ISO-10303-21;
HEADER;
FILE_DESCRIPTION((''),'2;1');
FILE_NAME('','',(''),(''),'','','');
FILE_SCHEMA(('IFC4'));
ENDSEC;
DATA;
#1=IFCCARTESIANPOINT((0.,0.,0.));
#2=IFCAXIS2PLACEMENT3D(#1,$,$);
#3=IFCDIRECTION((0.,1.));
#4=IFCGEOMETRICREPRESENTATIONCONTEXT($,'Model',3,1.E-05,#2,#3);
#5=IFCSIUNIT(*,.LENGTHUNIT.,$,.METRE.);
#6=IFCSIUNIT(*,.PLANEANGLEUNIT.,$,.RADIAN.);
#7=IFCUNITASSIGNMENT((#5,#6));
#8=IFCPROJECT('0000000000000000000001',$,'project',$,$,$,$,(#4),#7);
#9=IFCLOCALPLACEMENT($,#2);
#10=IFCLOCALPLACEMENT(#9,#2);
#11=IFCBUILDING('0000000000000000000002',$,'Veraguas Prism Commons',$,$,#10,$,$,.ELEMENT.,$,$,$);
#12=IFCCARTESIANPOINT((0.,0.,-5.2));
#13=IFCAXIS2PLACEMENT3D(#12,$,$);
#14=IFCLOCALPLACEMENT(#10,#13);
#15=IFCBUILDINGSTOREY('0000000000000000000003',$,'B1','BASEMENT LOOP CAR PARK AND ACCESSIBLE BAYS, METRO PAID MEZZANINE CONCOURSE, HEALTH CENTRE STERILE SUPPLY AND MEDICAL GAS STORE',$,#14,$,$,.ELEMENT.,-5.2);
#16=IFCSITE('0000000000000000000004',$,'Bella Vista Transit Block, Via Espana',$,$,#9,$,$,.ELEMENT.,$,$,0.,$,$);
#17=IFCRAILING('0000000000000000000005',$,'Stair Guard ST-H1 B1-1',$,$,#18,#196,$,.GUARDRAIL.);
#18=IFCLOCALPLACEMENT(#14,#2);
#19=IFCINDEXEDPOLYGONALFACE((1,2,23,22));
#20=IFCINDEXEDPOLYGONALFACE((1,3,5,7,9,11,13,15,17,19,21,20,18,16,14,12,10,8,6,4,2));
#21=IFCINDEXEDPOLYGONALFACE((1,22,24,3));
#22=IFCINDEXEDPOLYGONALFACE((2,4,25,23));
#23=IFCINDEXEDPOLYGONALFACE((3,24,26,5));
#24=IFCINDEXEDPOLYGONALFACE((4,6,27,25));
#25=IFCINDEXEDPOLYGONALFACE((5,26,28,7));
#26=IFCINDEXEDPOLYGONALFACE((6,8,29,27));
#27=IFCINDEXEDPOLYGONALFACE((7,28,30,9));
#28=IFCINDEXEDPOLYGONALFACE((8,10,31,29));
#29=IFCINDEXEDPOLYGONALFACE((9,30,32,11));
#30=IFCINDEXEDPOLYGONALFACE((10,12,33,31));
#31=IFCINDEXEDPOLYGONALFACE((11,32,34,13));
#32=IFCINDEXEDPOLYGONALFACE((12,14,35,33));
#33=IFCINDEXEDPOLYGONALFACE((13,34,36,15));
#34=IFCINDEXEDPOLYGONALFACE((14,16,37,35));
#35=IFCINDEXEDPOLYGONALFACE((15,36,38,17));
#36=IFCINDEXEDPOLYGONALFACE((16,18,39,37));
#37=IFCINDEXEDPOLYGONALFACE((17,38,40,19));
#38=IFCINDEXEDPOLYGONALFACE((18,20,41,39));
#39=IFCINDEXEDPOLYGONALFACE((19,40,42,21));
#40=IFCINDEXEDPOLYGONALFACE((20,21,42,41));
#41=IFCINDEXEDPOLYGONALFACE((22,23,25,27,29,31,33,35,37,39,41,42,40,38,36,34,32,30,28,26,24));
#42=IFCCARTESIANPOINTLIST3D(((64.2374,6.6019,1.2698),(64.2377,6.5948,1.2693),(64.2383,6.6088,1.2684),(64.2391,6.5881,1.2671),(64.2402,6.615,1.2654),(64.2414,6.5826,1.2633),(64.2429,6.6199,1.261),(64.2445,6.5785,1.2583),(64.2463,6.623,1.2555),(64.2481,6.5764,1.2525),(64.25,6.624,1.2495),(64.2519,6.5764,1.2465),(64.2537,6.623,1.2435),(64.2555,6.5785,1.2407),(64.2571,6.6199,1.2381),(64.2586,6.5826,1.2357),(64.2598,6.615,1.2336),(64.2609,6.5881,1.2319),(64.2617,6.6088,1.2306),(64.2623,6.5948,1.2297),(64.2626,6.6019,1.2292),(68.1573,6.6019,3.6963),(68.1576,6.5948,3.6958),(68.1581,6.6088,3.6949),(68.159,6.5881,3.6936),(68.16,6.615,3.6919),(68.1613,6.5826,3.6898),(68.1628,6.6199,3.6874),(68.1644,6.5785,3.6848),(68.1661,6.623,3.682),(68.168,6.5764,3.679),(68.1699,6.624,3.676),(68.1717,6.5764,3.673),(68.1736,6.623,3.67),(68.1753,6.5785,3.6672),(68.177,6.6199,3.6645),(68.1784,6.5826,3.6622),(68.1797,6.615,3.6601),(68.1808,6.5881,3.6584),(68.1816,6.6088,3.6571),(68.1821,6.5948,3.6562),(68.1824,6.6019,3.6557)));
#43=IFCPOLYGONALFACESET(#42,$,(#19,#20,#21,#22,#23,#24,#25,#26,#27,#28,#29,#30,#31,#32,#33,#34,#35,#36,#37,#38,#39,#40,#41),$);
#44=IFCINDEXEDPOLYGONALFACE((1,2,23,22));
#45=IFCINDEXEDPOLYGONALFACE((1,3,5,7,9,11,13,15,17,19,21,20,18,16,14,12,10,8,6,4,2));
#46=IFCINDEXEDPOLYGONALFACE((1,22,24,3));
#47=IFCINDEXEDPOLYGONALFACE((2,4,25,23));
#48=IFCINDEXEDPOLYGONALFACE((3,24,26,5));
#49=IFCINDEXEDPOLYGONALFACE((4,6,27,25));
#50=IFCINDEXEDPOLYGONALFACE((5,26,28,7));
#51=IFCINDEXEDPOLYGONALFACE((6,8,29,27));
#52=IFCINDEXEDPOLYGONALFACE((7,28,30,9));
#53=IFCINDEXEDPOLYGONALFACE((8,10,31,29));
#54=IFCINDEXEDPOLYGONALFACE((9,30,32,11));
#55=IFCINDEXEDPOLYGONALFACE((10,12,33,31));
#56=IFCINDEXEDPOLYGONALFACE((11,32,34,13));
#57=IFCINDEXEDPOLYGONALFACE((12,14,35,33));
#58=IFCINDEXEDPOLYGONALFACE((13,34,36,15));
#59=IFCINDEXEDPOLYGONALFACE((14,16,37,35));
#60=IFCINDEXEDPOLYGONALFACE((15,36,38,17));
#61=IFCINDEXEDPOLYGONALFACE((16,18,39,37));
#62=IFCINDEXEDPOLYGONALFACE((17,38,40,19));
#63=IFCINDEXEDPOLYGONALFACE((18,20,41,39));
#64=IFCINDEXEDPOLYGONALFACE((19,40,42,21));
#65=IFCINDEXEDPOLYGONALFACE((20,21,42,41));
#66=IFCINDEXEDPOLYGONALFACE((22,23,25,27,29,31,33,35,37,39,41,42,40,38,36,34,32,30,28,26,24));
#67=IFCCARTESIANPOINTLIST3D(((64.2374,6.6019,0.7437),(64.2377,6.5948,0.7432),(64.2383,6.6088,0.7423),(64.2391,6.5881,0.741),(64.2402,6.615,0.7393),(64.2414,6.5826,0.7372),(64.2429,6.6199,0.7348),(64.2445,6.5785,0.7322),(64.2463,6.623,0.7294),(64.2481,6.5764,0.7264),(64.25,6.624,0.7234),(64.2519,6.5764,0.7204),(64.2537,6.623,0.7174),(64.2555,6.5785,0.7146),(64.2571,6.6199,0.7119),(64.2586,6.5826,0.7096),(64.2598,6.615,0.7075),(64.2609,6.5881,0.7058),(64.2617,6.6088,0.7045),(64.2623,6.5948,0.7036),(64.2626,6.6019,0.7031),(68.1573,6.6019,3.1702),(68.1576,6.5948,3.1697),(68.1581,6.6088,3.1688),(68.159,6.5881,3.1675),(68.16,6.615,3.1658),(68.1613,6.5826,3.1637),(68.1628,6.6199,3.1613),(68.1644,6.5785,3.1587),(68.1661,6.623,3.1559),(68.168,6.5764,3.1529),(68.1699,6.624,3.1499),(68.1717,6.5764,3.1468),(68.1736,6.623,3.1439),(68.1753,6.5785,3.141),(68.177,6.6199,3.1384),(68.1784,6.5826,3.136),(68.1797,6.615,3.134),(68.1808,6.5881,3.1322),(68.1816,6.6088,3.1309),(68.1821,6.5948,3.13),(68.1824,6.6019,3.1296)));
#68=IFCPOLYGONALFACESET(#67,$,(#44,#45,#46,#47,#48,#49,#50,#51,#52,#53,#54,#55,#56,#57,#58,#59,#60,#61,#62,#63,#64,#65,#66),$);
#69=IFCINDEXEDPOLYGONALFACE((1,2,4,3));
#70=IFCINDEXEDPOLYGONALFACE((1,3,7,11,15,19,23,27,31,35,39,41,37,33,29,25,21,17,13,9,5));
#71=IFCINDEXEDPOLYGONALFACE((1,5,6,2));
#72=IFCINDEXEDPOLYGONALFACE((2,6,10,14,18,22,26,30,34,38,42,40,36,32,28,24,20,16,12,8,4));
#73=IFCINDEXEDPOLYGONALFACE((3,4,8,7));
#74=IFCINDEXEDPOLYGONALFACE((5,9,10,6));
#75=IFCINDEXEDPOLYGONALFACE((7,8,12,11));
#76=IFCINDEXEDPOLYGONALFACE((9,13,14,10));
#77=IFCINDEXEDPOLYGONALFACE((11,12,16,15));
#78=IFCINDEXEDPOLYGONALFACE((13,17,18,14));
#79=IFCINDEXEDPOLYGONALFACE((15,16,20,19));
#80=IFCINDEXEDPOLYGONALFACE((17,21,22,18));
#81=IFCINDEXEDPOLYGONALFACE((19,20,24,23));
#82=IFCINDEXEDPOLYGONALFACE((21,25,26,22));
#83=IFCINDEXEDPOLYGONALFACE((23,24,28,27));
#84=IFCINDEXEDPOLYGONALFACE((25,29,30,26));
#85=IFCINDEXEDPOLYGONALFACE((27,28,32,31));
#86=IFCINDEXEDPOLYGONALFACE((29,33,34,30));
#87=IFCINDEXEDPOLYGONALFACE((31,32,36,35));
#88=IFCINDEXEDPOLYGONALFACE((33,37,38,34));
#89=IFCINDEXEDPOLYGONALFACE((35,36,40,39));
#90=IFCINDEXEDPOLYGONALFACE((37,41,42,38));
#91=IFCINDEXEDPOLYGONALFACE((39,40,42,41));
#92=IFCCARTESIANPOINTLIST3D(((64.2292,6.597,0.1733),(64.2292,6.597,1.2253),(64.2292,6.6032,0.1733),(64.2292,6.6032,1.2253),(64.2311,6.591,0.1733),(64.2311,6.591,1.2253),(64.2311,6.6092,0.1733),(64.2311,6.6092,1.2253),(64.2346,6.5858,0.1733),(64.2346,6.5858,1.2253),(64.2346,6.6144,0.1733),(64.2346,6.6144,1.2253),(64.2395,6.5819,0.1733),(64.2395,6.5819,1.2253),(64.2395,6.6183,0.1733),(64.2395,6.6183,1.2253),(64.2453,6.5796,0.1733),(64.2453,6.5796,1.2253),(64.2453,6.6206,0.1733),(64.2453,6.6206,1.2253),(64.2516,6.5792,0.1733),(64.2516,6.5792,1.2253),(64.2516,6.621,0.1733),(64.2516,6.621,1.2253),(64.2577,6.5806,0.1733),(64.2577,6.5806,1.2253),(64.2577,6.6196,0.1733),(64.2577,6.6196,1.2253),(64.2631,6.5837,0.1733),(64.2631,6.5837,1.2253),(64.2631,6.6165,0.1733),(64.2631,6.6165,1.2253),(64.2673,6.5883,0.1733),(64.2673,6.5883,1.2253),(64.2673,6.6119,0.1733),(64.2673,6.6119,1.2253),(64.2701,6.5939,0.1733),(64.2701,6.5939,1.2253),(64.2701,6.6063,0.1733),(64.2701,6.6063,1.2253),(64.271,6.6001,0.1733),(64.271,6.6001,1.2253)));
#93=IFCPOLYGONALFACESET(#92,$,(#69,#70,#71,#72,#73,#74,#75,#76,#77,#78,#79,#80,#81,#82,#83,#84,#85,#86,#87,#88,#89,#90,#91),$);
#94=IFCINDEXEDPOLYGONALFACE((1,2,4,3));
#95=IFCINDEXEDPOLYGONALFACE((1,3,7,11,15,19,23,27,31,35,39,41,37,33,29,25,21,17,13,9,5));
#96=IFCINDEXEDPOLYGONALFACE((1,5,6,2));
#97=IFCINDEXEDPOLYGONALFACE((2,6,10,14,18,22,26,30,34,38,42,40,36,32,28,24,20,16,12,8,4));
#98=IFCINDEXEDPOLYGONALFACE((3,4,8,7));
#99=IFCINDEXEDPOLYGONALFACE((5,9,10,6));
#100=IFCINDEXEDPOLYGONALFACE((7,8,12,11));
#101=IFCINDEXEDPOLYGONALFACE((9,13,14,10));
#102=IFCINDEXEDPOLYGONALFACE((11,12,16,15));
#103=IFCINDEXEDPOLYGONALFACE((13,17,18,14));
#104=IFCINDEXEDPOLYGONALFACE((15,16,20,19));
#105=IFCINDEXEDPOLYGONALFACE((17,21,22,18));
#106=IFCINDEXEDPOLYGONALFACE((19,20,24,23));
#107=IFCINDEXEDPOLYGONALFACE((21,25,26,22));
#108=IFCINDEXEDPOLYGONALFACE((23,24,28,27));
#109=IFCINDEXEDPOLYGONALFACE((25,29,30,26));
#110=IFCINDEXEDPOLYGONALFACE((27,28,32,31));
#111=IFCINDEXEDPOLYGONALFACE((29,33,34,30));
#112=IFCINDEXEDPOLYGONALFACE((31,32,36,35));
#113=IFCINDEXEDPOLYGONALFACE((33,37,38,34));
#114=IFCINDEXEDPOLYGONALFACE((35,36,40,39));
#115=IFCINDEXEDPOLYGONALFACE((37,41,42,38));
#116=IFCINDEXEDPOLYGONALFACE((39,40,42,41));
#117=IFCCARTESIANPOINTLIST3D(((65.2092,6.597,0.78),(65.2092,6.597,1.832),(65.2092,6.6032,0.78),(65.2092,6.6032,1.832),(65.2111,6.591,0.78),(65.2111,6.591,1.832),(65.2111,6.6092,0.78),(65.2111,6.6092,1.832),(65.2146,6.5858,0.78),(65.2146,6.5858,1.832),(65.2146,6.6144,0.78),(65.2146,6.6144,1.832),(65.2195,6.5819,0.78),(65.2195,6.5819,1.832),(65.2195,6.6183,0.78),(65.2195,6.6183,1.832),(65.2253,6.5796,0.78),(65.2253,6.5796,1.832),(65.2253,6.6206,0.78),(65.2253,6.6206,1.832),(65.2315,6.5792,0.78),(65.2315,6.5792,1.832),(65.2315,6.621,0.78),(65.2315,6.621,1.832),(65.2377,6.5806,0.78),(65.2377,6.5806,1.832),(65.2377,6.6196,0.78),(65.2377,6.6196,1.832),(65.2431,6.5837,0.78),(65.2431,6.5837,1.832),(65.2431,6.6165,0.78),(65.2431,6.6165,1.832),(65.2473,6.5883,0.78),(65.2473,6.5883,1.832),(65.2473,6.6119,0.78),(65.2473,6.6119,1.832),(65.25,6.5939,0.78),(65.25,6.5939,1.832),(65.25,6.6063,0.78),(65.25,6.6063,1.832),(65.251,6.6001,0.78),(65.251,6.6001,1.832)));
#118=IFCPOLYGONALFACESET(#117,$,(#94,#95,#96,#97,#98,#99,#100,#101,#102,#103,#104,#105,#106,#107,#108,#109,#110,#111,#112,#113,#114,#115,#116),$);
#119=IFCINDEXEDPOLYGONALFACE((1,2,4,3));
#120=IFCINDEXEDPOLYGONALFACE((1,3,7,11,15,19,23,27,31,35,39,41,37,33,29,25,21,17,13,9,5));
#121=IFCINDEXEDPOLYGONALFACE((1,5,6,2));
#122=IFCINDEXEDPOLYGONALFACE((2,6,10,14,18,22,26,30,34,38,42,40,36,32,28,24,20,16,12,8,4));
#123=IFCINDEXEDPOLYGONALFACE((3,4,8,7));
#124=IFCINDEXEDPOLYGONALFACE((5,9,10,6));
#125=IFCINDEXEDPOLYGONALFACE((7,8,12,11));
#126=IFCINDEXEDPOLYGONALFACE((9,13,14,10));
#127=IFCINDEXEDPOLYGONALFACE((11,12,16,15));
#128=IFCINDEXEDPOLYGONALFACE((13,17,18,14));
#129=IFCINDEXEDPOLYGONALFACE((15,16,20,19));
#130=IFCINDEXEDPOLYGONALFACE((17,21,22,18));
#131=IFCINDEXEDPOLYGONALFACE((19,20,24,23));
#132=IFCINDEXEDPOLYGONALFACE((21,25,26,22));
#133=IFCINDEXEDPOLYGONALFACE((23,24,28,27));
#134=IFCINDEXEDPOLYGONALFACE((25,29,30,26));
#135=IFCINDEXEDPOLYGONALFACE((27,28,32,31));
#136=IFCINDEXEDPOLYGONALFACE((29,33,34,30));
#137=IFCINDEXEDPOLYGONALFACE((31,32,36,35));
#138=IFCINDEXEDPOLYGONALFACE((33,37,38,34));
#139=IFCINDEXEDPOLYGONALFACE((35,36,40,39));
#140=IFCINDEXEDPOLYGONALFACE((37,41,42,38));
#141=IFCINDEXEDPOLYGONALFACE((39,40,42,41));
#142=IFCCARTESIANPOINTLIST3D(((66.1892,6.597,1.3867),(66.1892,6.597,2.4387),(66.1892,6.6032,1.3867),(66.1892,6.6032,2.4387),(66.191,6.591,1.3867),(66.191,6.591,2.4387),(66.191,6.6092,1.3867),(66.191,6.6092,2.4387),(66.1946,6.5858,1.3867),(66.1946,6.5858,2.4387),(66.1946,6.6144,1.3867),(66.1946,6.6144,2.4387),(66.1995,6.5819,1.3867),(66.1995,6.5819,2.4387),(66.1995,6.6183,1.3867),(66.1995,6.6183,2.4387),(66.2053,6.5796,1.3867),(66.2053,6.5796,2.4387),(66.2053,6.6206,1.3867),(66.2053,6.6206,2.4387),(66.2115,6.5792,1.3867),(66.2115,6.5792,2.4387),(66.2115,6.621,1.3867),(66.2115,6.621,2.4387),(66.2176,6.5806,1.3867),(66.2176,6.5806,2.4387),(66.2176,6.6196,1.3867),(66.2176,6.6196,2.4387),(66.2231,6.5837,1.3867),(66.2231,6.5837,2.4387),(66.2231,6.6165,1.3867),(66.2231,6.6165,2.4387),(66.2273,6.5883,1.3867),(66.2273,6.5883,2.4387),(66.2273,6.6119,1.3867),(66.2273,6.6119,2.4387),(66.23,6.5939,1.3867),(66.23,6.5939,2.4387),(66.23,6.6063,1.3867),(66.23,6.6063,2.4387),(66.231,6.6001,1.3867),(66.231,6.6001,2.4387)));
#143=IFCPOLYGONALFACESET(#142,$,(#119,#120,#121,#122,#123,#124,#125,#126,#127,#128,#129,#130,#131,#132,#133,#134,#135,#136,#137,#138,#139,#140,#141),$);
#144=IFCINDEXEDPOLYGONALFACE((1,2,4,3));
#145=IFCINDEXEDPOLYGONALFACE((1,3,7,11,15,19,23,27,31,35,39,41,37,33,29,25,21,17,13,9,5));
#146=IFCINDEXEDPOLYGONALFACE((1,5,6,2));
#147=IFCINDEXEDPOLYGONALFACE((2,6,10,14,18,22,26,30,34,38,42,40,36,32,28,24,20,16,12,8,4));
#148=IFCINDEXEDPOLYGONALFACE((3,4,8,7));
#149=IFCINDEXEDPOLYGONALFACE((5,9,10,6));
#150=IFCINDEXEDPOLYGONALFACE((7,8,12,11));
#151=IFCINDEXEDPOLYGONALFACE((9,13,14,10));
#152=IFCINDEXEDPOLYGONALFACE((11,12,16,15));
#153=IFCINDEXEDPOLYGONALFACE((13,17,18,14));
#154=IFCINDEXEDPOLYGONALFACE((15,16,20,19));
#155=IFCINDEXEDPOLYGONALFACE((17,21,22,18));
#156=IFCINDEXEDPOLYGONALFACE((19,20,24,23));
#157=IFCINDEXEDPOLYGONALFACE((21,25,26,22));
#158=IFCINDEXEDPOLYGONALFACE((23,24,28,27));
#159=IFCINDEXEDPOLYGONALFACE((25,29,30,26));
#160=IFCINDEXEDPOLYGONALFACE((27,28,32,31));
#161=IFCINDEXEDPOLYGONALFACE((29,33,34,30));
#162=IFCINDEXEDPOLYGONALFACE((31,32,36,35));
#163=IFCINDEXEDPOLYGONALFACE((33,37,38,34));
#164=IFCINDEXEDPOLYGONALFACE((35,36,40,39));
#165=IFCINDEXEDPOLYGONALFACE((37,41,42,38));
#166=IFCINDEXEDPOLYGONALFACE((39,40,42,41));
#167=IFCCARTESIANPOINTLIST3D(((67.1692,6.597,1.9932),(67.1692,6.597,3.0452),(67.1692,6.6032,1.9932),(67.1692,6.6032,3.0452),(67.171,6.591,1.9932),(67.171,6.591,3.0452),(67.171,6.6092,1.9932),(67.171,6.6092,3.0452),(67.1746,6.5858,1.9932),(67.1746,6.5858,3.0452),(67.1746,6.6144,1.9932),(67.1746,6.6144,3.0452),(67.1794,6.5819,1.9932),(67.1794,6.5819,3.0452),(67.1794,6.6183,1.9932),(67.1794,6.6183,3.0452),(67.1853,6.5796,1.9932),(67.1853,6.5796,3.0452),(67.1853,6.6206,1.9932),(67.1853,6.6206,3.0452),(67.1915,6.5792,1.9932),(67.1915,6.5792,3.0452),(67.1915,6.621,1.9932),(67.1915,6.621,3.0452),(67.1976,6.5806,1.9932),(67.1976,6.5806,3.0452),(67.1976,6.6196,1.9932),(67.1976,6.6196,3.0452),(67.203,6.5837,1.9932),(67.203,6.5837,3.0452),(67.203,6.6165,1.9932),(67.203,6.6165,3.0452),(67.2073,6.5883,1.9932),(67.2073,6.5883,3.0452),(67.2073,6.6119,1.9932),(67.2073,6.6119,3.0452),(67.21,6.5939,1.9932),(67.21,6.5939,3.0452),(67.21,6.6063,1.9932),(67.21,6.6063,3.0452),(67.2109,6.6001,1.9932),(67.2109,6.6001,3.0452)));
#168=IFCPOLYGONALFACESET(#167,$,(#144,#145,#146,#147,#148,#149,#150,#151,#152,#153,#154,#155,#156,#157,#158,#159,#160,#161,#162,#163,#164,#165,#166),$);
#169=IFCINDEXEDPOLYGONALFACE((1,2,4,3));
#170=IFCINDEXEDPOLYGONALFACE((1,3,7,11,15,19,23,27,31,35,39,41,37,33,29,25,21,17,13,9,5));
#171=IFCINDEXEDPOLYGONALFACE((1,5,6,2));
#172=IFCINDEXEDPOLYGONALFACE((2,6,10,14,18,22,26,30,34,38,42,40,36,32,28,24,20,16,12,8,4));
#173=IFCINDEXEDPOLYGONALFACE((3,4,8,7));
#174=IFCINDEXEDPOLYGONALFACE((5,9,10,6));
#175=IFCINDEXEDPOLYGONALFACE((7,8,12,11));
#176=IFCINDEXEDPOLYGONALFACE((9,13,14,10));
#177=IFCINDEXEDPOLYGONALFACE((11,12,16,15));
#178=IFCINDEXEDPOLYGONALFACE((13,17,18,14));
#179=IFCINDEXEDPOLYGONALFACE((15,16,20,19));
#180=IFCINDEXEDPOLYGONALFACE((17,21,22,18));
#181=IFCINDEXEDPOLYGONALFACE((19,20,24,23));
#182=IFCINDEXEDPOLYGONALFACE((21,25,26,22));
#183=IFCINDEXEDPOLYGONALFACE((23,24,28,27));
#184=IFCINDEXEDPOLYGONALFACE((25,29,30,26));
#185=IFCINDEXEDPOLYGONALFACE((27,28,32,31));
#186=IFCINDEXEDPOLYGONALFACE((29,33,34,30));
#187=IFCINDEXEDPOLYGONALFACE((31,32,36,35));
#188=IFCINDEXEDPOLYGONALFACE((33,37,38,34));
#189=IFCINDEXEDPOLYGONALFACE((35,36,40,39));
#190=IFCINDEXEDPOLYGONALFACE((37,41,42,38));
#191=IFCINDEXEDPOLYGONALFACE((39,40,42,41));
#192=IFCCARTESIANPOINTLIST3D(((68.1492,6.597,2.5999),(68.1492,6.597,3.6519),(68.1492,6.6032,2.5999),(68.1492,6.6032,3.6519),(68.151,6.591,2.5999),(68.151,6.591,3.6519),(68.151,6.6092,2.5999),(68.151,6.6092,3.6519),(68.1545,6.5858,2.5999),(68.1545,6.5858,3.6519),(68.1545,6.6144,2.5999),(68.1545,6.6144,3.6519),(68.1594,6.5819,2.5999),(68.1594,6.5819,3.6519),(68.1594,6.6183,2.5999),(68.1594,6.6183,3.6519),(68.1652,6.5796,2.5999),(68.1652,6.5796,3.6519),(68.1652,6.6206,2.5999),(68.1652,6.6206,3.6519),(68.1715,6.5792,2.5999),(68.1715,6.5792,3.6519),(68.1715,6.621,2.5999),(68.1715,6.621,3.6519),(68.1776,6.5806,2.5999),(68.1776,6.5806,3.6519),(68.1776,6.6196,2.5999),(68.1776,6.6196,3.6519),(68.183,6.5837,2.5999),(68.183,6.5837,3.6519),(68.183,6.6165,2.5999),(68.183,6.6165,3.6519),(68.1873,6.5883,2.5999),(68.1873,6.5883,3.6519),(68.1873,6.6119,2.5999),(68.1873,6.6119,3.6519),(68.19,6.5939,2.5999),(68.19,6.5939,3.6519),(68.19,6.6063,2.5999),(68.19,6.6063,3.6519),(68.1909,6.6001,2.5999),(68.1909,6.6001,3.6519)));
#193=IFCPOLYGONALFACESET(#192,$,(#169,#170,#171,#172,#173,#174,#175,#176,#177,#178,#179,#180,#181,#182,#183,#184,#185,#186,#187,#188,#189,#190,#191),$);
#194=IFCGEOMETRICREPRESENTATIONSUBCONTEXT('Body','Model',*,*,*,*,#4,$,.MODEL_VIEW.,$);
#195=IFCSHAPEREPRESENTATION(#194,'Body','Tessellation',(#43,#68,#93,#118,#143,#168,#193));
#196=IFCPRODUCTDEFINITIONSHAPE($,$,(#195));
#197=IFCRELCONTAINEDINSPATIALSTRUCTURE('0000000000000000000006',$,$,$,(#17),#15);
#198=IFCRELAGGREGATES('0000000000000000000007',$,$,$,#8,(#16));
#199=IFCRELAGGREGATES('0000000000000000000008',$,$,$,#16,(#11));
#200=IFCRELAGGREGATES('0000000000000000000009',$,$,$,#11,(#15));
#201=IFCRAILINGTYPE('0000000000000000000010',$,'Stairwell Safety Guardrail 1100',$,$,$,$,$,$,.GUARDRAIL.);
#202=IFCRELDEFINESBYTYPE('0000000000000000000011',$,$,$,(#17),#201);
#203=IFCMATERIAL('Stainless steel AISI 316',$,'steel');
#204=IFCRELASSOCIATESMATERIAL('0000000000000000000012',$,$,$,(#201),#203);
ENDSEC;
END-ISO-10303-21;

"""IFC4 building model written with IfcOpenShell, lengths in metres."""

from ifc_helpers import new_model, si_unit, direction, frame, origin, origin_2d, place, context, subcontext, project, spatial, circle, extrude, material, type_object, element, save


model = new_model("IFC4")

# Units and contexts
model_context = context("Model", 3, precision=1e-05, world=origin(), true_north=direction((0.0, 1.0)))
body_context = subcontext(model_context, "Body", "Model", "MODEL_VIEW")
ifc_project = project(units=[si_unit("LENGTHUNIT", "METRE"), si_unit("PLANEANGLEUNIT", "RADIAN")], contexts=[model_context])

# Site, building, storey
site_placement = place(None, origin())
site = spatial("IfcSite", under=ifc_project, at=site_placement, Name="Bella Vista Transit Block, Via Espana", CompositionType="ELEMENT", RefElevation=0.0)
building_placement = place(site_placement, origin())
building = spatial("IfcBuilding", under=site, at=building_placement, Name="Veraguas Prism Commons", CompositionType="ELEMENT")
storey_placement = place(building_placement, frame((0.0, 0.0, -5.2)))
storey = spatial("IfcBuildingStorey", under=building, at=storey_placement, Name="B1", Description="BASEMENT LOOP CAR PARK AND ACCESSIBLE BAYS, METRO PAID MEZZANINE CONCOURSE, HEALTH CENTRE STERILE SUPPLY AND MEDICAL GAS STORE", CompositionType="ELEMENT", Elevation=-5.2)

# Shared definitions
ifc_material_1 = material(Name="Stainless steel AISI 316", Category="steel")

# Railing
railing_type_1 = type_object("IfcRailingType", Name="Stairwell Safety Guardrail 1100", PredefinedType="GUARDRAIL", material=ifc_material_1)
railing_1_placement = place(storey_placement, frame((64.25, 6.6001, 0.1733)))
element("IfcRailing", 1, at=railing_1_placement, inside=storey, type_object=railing_type_1, Name="Stair Guard ST-H1 B1-1", PredefinedType="GUARDRAIL", context=body_context, shape_type="SweptSolid", body=[
    extrude(circle(Radius=0.0239, at=origin_2d()), frame((0.0, 0.0, 1.0762), z_axis=(0.850275, 0.0, 0.526338), x_axis=(0.0, 1.0, 0.0)), (0.0, 0.0, 1.0), 4.6101),
    extrude(circle(Radius=0.0239, at=origin_2d()), frame((0.0, 0.0, 0.55), z_axis=(0.850275, 0.0, 0.526338), x_axis=(0.0, 1.0, 0.0)), (0.0, 0.0, 1.0), 4.6101),
    extrude(circle(Radius=0.021, at=origin_2d()), origin(), (0.0, 0.0, 1.0), 1.052),
    extrude(circle(Radius=0.021, at=origin_2d()), frame((0.98, 0.0, 0.6067)), (0.0, 0.0, 1.0), 1.052),
    extrude(circle(Radius=0.021, at=origin_2d()), frame((1.96, 0.0, 1.2134)), (0.0, 0.0, 1.0), 1.052),
    extrude(circle(Radius=0.021, at=origin_2d()), frame((2.9399, 0.0, 1.8198)), (0.0, 0.0, 1.0), 1.052),
    extrude(circle(Radius=0.021, at=origin_2d()), frame((3.9199, 0.0, 2.4265)), (0.0, 0.0, 1.0), 1.052),
])

save(model, "model.ifc")
